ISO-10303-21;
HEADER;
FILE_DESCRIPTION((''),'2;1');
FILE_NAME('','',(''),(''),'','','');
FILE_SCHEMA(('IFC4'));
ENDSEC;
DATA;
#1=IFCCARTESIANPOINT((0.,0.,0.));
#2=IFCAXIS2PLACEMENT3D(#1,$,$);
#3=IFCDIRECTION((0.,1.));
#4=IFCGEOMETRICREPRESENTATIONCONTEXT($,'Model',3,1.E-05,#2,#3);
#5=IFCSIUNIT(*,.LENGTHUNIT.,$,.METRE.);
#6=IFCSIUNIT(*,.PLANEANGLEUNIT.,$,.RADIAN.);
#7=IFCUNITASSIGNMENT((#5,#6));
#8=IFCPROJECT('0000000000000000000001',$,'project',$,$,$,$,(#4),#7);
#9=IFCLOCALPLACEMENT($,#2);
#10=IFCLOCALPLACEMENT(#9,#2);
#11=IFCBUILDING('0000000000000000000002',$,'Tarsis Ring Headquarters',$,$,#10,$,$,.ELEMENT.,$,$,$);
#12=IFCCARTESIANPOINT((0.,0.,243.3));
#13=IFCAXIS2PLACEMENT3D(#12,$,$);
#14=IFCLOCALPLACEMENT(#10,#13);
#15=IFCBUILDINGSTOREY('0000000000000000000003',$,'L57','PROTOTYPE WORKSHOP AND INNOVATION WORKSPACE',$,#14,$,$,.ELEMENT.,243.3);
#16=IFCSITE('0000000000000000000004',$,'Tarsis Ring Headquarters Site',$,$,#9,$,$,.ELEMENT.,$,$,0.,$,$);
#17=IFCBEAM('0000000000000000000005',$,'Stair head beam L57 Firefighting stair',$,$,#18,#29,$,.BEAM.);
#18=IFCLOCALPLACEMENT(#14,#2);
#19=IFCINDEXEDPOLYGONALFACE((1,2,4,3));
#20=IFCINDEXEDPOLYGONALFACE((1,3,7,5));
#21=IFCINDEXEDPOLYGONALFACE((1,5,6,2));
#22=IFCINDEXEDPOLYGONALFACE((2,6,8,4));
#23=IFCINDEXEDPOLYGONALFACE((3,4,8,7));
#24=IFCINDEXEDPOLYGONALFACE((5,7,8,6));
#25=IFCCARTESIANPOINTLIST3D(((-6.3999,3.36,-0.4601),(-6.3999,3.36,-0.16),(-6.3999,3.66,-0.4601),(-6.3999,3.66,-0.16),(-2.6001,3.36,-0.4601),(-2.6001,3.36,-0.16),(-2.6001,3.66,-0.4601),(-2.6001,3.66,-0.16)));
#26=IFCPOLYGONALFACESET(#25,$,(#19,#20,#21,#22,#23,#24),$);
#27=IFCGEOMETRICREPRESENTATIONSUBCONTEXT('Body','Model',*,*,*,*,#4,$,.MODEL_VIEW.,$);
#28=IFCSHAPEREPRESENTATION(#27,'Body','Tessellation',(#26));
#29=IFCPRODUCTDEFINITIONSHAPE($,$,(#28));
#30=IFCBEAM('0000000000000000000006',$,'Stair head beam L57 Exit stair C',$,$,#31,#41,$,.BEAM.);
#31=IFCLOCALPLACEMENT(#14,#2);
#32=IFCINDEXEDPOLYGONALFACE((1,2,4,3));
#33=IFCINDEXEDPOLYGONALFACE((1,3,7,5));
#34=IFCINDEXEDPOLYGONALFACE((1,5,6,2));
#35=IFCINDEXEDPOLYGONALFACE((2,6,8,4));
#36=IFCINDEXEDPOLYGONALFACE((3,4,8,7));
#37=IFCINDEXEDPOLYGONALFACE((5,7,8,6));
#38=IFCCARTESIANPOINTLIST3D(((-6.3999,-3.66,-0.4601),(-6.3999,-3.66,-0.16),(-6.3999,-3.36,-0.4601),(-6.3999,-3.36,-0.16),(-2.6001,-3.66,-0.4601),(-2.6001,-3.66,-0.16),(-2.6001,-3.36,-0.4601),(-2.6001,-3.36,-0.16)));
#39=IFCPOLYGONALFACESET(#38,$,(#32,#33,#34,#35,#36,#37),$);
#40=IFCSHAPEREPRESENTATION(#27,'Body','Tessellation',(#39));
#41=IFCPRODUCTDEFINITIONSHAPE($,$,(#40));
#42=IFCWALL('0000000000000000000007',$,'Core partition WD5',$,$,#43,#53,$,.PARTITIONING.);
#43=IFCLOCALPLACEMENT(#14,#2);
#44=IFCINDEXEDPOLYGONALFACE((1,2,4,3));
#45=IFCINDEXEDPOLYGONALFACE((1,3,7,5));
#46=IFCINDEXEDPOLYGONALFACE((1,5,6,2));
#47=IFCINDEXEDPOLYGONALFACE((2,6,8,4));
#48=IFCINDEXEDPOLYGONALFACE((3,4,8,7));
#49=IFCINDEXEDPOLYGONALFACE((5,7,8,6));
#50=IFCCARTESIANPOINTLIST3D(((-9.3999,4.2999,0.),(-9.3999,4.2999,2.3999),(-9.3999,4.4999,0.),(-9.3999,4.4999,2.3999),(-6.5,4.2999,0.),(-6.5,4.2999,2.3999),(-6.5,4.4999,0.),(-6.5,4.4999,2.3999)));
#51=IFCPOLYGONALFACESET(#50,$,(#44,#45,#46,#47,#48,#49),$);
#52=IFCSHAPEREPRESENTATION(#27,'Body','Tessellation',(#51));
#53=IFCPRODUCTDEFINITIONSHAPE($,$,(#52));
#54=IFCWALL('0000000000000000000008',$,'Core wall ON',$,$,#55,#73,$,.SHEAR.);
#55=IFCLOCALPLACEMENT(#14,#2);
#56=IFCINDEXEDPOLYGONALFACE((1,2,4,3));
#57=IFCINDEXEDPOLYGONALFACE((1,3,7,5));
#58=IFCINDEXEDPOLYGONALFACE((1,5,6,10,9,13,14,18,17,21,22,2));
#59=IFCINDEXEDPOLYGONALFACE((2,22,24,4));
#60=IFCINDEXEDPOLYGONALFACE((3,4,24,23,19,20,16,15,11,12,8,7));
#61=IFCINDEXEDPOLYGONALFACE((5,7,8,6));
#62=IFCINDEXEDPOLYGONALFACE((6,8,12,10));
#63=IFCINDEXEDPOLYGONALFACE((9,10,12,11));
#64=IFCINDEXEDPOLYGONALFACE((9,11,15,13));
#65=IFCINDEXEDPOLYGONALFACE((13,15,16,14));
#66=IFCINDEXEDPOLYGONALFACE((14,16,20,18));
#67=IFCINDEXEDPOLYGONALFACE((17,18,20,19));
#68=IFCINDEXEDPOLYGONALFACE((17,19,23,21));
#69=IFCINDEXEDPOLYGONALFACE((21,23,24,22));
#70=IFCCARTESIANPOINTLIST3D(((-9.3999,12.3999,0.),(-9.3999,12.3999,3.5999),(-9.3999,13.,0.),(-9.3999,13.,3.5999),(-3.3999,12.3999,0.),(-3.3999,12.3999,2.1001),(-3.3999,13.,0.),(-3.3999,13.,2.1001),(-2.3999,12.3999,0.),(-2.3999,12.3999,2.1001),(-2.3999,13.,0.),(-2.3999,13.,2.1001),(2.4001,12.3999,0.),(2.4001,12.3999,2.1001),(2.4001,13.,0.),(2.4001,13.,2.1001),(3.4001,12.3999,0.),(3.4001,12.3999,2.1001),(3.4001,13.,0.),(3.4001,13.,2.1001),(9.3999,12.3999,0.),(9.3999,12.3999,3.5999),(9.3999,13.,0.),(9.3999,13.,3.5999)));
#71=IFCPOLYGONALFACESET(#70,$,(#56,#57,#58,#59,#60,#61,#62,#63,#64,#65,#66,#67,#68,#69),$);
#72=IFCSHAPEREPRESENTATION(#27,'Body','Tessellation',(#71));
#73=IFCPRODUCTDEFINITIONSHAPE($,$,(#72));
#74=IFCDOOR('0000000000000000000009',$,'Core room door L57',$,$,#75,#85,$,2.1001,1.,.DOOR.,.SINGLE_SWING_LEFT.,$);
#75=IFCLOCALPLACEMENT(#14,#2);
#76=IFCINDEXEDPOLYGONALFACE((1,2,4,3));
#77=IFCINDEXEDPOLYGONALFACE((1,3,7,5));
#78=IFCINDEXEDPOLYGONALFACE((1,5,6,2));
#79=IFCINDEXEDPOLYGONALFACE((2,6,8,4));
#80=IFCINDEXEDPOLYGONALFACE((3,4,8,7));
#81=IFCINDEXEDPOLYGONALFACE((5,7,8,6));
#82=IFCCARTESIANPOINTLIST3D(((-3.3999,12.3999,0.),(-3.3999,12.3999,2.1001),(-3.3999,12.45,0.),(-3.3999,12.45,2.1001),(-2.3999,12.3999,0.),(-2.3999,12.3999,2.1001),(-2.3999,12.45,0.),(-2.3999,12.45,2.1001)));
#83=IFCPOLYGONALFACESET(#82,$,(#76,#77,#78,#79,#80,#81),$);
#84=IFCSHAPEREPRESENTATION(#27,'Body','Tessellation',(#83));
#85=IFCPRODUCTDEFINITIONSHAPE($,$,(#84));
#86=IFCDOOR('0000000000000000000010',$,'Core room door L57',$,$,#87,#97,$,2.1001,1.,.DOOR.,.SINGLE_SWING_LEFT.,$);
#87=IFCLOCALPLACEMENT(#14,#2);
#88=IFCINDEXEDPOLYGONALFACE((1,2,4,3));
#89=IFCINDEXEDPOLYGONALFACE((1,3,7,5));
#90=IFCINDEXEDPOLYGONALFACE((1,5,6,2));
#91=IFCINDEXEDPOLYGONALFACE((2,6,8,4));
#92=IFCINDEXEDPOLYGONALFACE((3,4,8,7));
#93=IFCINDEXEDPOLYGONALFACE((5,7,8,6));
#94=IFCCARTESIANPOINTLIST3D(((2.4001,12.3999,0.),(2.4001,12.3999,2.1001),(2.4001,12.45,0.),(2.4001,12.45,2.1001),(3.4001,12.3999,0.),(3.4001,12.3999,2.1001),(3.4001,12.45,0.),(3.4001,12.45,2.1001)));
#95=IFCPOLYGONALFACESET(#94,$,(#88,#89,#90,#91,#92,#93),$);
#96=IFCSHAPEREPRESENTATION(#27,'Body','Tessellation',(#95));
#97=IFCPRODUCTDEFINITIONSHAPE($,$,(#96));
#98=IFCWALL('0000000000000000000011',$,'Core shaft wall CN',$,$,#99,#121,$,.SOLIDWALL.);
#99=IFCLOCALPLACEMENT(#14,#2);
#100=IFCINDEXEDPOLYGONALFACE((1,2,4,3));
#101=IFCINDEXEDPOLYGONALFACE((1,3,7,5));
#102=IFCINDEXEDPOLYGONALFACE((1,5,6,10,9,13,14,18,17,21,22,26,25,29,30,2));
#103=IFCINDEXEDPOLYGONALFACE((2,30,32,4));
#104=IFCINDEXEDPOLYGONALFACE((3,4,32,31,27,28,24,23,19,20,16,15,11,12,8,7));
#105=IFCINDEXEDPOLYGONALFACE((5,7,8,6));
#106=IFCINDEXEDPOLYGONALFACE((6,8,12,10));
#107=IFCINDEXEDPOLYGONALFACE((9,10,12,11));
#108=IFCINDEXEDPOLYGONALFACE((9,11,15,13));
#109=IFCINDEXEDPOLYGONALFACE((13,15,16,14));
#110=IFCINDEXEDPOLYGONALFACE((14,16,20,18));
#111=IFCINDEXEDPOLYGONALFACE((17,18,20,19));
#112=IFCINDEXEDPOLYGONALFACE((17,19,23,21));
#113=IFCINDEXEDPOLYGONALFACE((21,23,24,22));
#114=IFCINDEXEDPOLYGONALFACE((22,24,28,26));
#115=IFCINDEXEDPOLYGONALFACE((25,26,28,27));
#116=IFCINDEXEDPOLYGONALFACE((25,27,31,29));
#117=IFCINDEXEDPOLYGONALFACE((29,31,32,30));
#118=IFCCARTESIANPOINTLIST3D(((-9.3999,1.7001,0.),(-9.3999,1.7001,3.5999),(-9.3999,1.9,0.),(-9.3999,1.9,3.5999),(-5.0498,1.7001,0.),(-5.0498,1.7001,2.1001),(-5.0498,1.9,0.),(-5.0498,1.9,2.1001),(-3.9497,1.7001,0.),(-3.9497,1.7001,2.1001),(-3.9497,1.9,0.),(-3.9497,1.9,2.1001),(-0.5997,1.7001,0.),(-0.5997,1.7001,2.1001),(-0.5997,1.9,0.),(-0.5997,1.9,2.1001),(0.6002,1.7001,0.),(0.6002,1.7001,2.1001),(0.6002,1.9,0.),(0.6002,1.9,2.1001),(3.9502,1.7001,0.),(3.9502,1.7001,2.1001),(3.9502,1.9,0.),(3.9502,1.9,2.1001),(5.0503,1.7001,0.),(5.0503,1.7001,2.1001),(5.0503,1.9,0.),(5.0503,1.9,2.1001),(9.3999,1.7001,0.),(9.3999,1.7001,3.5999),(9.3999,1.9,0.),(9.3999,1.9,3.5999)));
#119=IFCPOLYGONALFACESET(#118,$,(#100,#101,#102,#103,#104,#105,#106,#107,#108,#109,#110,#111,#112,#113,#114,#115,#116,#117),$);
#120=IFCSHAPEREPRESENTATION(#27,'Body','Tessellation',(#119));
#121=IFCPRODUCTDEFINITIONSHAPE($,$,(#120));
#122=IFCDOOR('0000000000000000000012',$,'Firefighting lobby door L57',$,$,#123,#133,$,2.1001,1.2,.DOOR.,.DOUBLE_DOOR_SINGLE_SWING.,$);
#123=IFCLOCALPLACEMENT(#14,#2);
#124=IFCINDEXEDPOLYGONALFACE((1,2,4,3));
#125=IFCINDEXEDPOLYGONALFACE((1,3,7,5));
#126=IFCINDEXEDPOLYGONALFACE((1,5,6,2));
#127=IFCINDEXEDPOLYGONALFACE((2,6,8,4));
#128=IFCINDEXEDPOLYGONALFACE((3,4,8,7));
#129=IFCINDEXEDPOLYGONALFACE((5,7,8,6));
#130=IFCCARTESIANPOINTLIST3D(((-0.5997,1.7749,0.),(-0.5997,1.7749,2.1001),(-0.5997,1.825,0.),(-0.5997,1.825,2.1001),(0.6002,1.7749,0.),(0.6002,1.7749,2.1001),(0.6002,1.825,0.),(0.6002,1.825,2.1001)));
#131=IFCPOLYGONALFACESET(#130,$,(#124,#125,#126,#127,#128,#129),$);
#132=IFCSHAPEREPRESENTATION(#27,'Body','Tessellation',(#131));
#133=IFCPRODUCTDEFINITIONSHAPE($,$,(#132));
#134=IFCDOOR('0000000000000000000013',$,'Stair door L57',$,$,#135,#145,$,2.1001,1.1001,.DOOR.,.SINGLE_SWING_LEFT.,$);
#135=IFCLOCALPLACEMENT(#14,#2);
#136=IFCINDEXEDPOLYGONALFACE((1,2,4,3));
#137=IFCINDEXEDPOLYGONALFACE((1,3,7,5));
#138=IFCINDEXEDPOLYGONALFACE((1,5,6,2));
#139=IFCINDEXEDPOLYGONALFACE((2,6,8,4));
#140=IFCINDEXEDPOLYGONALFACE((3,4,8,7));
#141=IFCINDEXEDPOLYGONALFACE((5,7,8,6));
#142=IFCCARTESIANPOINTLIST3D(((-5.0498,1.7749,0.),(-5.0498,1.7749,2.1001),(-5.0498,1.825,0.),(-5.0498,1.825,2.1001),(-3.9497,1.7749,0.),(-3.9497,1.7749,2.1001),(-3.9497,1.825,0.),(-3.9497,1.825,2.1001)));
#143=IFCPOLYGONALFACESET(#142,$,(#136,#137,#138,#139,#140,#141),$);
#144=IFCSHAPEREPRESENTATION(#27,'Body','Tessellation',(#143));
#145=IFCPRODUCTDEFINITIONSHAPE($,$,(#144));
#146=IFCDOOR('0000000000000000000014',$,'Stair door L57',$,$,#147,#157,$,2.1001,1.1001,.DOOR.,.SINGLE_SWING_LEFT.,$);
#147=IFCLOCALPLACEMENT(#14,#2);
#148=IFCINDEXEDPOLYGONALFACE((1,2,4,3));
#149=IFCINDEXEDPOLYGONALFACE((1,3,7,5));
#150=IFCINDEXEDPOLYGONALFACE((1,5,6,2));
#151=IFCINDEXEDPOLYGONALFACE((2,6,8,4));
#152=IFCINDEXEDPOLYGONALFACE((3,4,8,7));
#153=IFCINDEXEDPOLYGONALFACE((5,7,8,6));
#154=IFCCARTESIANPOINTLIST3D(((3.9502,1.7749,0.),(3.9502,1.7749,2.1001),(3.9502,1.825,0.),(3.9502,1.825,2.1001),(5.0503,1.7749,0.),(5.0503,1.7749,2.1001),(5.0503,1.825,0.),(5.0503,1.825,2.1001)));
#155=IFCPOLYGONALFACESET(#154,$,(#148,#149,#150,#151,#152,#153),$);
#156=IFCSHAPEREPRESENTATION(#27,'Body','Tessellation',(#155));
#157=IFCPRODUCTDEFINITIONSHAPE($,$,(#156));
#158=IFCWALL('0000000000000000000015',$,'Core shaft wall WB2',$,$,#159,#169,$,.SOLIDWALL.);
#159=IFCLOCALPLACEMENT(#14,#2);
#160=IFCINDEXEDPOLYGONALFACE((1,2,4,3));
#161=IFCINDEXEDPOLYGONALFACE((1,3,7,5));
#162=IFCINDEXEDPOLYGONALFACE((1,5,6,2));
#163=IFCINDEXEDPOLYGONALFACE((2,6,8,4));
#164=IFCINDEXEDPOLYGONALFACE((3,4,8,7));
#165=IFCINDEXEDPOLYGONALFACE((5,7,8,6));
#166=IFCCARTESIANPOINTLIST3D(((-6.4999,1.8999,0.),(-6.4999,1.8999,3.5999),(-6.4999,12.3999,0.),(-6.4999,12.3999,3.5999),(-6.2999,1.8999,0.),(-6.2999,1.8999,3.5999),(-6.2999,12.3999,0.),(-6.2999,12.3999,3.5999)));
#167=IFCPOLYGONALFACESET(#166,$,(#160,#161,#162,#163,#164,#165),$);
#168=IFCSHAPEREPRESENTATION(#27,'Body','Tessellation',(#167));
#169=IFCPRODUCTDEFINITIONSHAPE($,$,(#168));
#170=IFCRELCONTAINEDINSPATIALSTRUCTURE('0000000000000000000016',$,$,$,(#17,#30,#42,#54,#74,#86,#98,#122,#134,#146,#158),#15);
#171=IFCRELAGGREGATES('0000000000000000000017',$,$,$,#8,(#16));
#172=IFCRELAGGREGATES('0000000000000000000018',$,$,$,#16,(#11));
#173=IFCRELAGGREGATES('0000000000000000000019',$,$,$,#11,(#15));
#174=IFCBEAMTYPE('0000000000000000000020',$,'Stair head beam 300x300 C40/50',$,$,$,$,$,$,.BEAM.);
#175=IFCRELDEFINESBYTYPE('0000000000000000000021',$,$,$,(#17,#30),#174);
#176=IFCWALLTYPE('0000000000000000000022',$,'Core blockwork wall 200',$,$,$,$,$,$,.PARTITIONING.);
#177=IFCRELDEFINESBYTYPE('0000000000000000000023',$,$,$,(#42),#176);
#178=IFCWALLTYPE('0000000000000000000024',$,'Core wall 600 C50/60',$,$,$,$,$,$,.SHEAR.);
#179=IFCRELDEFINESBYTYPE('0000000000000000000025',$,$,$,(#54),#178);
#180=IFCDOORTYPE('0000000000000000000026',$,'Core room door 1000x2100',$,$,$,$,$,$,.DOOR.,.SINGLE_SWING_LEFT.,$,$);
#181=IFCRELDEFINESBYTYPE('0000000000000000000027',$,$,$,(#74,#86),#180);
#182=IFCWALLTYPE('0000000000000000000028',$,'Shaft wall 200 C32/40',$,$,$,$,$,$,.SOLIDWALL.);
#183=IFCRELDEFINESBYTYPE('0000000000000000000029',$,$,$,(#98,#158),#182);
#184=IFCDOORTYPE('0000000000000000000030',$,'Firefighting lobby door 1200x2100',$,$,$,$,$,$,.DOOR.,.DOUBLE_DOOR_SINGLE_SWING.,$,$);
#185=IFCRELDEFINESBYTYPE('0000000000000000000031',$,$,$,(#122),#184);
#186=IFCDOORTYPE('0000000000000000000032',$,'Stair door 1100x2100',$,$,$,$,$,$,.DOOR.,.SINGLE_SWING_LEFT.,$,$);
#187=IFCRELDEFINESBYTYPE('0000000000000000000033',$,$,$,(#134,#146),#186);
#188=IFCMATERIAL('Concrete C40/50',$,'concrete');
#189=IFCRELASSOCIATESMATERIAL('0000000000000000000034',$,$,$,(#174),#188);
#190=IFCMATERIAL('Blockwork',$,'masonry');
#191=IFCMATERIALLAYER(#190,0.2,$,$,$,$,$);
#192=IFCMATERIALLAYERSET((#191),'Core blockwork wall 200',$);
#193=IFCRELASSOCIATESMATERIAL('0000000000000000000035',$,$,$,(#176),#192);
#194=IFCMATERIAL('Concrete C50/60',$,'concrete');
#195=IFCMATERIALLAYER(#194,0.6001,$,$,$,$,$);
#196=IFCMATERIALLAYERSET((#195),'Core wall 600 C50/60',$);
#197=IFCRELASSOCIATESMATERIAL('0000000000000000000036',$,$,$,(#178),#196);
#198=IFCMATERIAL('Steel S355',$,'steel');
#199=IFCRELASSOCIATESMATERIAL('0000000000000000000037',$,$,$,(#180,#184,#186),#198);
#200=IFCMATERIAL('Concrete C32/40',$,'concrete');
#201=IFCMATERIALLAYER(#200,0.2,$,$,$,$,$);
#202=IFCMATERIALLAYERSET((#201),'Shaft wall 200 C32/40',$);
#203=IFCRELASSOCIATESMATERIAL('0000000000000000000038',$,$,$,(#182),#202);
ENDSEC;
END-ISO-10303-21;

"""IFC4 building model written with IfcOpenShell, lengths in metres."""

from ifc_helpers import new_model, si_unit, direction, frame, frame_2d, origin, origin_2d, place, context, subcontext, project, spatial, rectangle, extrude, material, layer, layer_set, material_profile, profile_set, type_object, element, fill, save


model = new_model("IFC4")

# Units and contexts
model_context = context("Model", 3, precision=1e-05, world=origin(), true_north=direction((0.0, 1.0)))
body_context = subcontext(model_context, "Body", "Model", "MODEL_VIEW")
ifc_project = project(units=[si_unit("LENGTHUNIT", "METRE"), si_unit("PLANEANGLEUNIT", "RADIAN")], contexts=[model_context])

# Site, building, storey
site_placement = place(None, origin())
site = spatial("IfcSite", under=ifc_project, at=site_placement, Name="Tarsis Ring Headquarters Site", CompositionType="ELEMENT", RefElevation=0.0)
building_placement = place(site_placement, origin())
building = spatial("IfcBuilding", under=site, at=building_placement, Name="Tarsis Ring Headquarters", CompositionType="ELEMENT")
storey_placement = place(building_placement, frame((0.0, 0.0, 243.3)))
storey = spatial("IfcBuildingStorey", under=building, at=storey_placement, Name="L57", Description="PROTOTYPE WORKSHOP AND INNOVATION WORKSPACE", CompositionType="ELEMENT", Elevation=243.3)

# Beams
ifc_material_1 = material(Name="Concrete C40/50", Category="concrete")
ifc_material_profile = material_profile(ifc_material_1, rectangle(XDim=0.3, YDim=0.3, at=origin_2d()), Name="Stair head beam 300x300 C40/50")
ifc_profile_set = profile_set([ifc_material_profile], Name="Concrete C40/50")
beam_type = type_object("IfcBeamType", Name="Stair head beam 300x300 C40/50", PredefinedType="BEAM", material=ifc_profile_set)
for number, where, z_axis, x_axis, name in (
    (1, (-6.3999, 3.51, -0.3101), (1.0, 0.0, 0.0), (0.0, 1.0, 0.0), "Stair head beam L57 Firefighting stair"),
    (2, (-6.3999, -3.51, -0.3101), (1.0, 0.0, 0.0), (0.0, 1.0, 0.0), "Stair head beam L57 Exit stair C"),
):
    element("IfcBeam", number, at=place(storey_placement, frame(where, z_axis=z_axis, x_axis=x_axis)), inside=storey, type_object=beam_type, Name=name, PredefinedType="BEAM", context=body_context, shape_type="SweptSolid", body=[
        extrude(rectangle(XDim=0.3, YDim=0.3, at=origin_2d()), origin(), (0.0, 0.0, 1.0), 3.7998),
    ])

# Wall
ifc_material_2 = material(Name="Blockwork", Category="masonry")
ifc_layer_1 = layer(ifc_material_2, 0.2)
ifc_layer_set_1 = layer_set([ifc_layer_1], Name="Core blockwork wall 200")
wall_type_1 = type_object("IfcWallType", Name="Core blockwork wall 200", PredefinedType="PARTITIONING", material=ifc_layer_set_1)
wall_1_placement = place(storey_placement, frame((-9.3999, 4.3999, 0.0), z_axis=(0.0, 0.0, 1.0), x_axis=(1.0, 0.0, 0.0)))
element("IfcWall", 3, at=wall_1_placement, inside=storey, type_object=wall_type_1, Name="Core partition WD5", PredefinedType="PARTITIONING", context=body_context, shape_type="SweptSolid", body=[
    extrude(rectangle(XDim=2.8999, YDim=0.2, at=frame_2d((1.45, 0.0))), origin(), (0.0, 0.0, 1.0), 2.3999),
])

# Walls, openings, doors
ifc_material_3 = material(Name="Concrete C50/60", Category="concrete")
ifc_layer_2 = layer(ifc_material_3, 0.6001)
ifc_layer_set_2 = layer_set([ifc_layer_2], Name="Core wall 600 C50/60")
wall_type_2 = type_object("IfcWallType", Name="Core wall 600 C50/60", PredefinedType="SHEAR", material=ifc_layer_set_2)
wall_2_placement = place(storey_placement, frame((-9.3999, 12.7, 0.0), z_axis=(0.0, 0.0, 1.0), x_axis=(1.0, 0.0, 0.0)))
wall_2 = element("IfcWall", 4, at=wall_2_placement, inside=storey, type_object=wall_type_2, Name="Core wall ON", PredefinedType="SHEAR", context=body_context, shape_type="SweptSolid", body=[
    extrude(rectangle(XDim=18.7998, YDim=0.6001, at=frame_2d((9.3999, 0.0))), origin(), (0.0, 0.0, 1.0), 3.5999),
])
opening_1_placement = place(wall_2_placement, frame((6.0, 0.0, 0.0)))
opening_1 = element("IfcOpeningElement", 5, at=opening_1_placement, cuts=wall_2, PredefinedType="OPENING", context=body_context, shape_type="SweptSolid", body=[
    extrude(rectangle(XDim=1.0, YDim=2.1001, at=frame_2d((0.5, 1.05))), frame((0.0, 0.3101, 0.0), z_axis=(0.0, -1.0, 0.0), x_axis=(1.0, 0.0, 0.0)), (0.0, 0.0, 1.0), 0.6201),
])
opening_2_placement = place(wall_2_placement, frame((11.8, 0.0, 0.0)))
opening_2 = element("IfcOpeningElement", 6, at=opening_2_placement, cuts=wall_2, PredefinedType="OPENING", context=body_context, shape_type="SweptSolid", body=[
    extrude(rectangle(XDim=1.0, YDim=2.1001, at=frame_2d((0.5, 1.05))), frame((0.0, 0.3101, 0.0), z_axis=(0.0, -1.0, 0.0), x_axis=(1.0, 0.0, 0.0)), (0.0, 0.0, 1.0), 0.6201),
])
ifc_material_4 = material(Name="Steel S355", Category="steel")
door_type_1 = type_object("IfcDoorType", Name="Core room door 1000x2100", OperationType="SINGLE_SWING_LEFT", PredefinedType="DOOR", material=ifc_material_4)
door_1_placement = place(opening_1_placement, origin())
door_1 = element("IfcDoor", 7, at=door_1_placement, inside=storey, type_object=door_type_1, Name="Core room door L57", OperationType="SINGLE_SWING_LEFT", OverallHeight=2.1001, OverallWidth=1.0, PredefinedType="DOOR", context=body_context, shape_type="SweptSolid", body=[
    extrude(rectangle(XDim=1.0, YDim=2.1001, at=frame_2d((0.5, 1.05))), frame((0.0, -0.25, 0.0), z_axis=(0.0, -1.0, 0.0), x_axis=(1.0, 0.0, 0.0)), (0.0, 0.0, 1.0), 0.05),
])
fill(opening_1, door_1)
door_2_placement = place(opening_2_placement, origin())
door_2 = element("IfcDoor", 8, at=door_2_placement, inside=storey, type_object=door_type_1, Name="Core room door L57", OperationType="SINGLE_SWING_LEFT", OverallHeight=2.1001, OverallWidth=1.0, PredefinedType="DOOR", context=body_context, shape_type="SweptSolid", body=[
    extrude(rectangle(XDim=1.0, YDim=2.1001, at=frame_2d((0.5, 1.05))), frame((0.0, -0.25, 0.0), z_axis=(0.0, -1.0, 0.0), x_axis=(1.0, 0.0, 0.0)), (0.0, 0.0, 1.0), 0.05),
])
fill(opening_2, door_2)
ifc_material_5 = material(Name="Concrete C32/40", Category="concrete")
ifc_layer_3 = layer(ifc_material_5, 0.2)
ifc_layer_set_3 = layer_set([ifc_layer_3], Name="Shaft wall 200 C32/40")
wall_type_3 = type_object("IfcWallType", Name="Shaft wall 200 C32/40", PredefinedType="SOLIDWALL", material=ifc_layer_set_3)
wall_3_placement = place(storey_placement, frame((-9.3999, 1.8, 0.0), z_axis=(0.0, 0.0, 1.0), x_axis=(1.0, 0.0, 0.0)))
wall_3 = element("IfcWall", 9, at=wall_3_placement, inside=storey, type_object=wall_type_3, Name="Core shaft wall CN", PredefinedType="SOLIDWALL", context=body_context, shape_type="SweptSolid", body=[
    extrude(rectangle(XDim=18.7998, YDim=0.2, at=frame_2d((9.3999, 0.0))), origin(), (0.0, 0.0, 1.0), 3.5999),
])
opening_3_placement = place(wall_3_placement, frame((4.3501, 0.0, 0.0)))
opening_3 = element("IfcOpeningElement", 10, at=opening_3_placement, cuts=wall_3, PredefinedType="OPENING", context=body_context, shape_type="SweptSolid", body=[
    extrude(rectangle(XDim=1.1001, YDim=2.1001, at=frame_2d((0.55, 1.05))), frame((0.0, 0.1099, 0.0), z_axis=(0.0, -1.0, 0.0), x_axis=(1.0, 0.0, 0.0)), (0.0, 0.0, 1.0), 0.22),
])
opening_4_placement = place(wall_3_placement, frame((8.8, 0.0, 0.0)))
opening_4 = element("IfcOpeningElement", 11, at=opening_4_placement, cuts=wall_3, PredefinedType="OPENING", context=body_context, shape_type="SweptSolid", body=[
    extrude(rectangle(XDim=1.2, YDim=2.1001, at=frame_2d((0.6001, 1.05))), frame((0.0, 0.1099, 0.0), z_axis=(0.0, -1.0, 0.0), x_axis=(1.0, 0.0, 0.0)), (0.0, 0.0, 1.0), 0.22),
])
opening_5_placement = place(wall_3_placement, frame((13.3501, 0.0, 0.0)))
opening_5 = element("IfcOpeningElement", 12, at=opening_5_placement, cuts=wall_3, PredefinedType="OPENING", context=body_context, shape_type="SweptSolid", body=[
    extrude(rectangle(XDim=1.1001, YDim=2.1001, at=frame_2d((0.55, 1.05))), frame((0.0, 0.1099, 0.0), z_axis=(0.0, -1.0, 0.0), x_axis=(1.0, 0.0, 0.0)), (0.0, 0.0, 1.0), 0.22),
])
door_type_2 = type_object("IfcDoorType", Name="Firefighting lobby door 1200x2100", OperationType="DOUBLE_DOOR_SINGLE_SWING", PredefinedType="DOOR", material=ifc_material_4)
door_3_placement = place(opening_4_placement, origin())
door_3 = element("IfcDoor", 13, at=door_3_placement, inside=storey, type_object=door_type_2, Name="Firefighting lobby door L57", OperationType="DOUBLE_DOOR_SINGLE_SWING", OverallHeight=2.1001, OverallWidth=1.2, PredefinedType="DOOR", context=body_context, shape_type="SweptSolid", body=[
    extrude(rectangle(XDim=1.2, YDim=2.1001, at=frame_2d((0.6001, 1.05))), frame((0.0, 0.0249, 0.0), z_axis=(0.0, -1.0, 0.0), x_axis=(1.0, 0.0, 0.0)), (0.0, 0.0, 1.0), 0.05),
])
fill(opening_4, door_3)
door_type_3 = type_object("IfcDoorType", Name="Stair door 1100x2100", OperationType="SINGLE_SWING_LEFT", PredefinedType="DOOR", material=ifc_material_4)
door_4_placement = place(opening_3_placement, origin())
door_4 = element("IfcDoor", 14, at=door_4_placement, inside=storey, type_object=door_type_3, Name="Stair door L57", OperationType="SINGLE_SWING_LEFT", OverallHeight=2.1001, OverallWidth=1.1001, PredefinedType="DOOR", context=body_context, shape_type="SweptSolid", body=[
    extrude(rectangle(XDim=1.1001, YDim=2.1001, at=frame_2d((0.55, 1.05))), frame((0.0, 0.0249, 0.0), z_axis=(0.0, -1.0, 0.0), x_axis=(1.0, 0.0, 0.0)), (0.0, 0.0, 1.0), 0.05),
])
fill(opening_3, door_4)
door_5_placement = place(opening_5_placement, origin())
door_5 = element("IfcDoor", 15, at=door_5_placement, inside=storey, type_object=door_type_3, Name="Stair door L57", OperationType="SINGLE_SWING_LEFT", OverallHeight=2.1001, OverallWidth=1.1001, PredefinedType="DOOR", context=body_context, shape_type="SweptSolid", body=[
    extrude(rectangle(XDim=1.1001, YDim=2.1001, at=frame_2d((0.55, 1.05))), frame((0.0, 0.0249, 0.0), z_axis=(0.0, -1.0, 0.0), x_axis=(1.0, 0.0, 0.0)), (0.0, 0.0, 1.0), 0.05),
])
fill(opening_5, door_5)

# Wall
wall_4_placement = place(storey_placement, frame((-6.3999, 1.8999, 0.0), z_axis=(0.0, 0.0, 1.0), x_axis=(0.0, 1.0, 0.0)))
element("IfcWall", 16, at=wall_4_placement, inside=storey, type_object=wall_type_3, Name="Core shaft wall WB2", PredefinedType="SOLIDWALL", context=body_context, shape_type="SweptSolid", body=[
    extrude(rectangle(XDim=10.5, YDim=0.2, at=frame_2d((5.25, 0.0))), origin(), (0.0, 0.0, 1.0), 3.5999),
])

save(model, "model.ifc")
